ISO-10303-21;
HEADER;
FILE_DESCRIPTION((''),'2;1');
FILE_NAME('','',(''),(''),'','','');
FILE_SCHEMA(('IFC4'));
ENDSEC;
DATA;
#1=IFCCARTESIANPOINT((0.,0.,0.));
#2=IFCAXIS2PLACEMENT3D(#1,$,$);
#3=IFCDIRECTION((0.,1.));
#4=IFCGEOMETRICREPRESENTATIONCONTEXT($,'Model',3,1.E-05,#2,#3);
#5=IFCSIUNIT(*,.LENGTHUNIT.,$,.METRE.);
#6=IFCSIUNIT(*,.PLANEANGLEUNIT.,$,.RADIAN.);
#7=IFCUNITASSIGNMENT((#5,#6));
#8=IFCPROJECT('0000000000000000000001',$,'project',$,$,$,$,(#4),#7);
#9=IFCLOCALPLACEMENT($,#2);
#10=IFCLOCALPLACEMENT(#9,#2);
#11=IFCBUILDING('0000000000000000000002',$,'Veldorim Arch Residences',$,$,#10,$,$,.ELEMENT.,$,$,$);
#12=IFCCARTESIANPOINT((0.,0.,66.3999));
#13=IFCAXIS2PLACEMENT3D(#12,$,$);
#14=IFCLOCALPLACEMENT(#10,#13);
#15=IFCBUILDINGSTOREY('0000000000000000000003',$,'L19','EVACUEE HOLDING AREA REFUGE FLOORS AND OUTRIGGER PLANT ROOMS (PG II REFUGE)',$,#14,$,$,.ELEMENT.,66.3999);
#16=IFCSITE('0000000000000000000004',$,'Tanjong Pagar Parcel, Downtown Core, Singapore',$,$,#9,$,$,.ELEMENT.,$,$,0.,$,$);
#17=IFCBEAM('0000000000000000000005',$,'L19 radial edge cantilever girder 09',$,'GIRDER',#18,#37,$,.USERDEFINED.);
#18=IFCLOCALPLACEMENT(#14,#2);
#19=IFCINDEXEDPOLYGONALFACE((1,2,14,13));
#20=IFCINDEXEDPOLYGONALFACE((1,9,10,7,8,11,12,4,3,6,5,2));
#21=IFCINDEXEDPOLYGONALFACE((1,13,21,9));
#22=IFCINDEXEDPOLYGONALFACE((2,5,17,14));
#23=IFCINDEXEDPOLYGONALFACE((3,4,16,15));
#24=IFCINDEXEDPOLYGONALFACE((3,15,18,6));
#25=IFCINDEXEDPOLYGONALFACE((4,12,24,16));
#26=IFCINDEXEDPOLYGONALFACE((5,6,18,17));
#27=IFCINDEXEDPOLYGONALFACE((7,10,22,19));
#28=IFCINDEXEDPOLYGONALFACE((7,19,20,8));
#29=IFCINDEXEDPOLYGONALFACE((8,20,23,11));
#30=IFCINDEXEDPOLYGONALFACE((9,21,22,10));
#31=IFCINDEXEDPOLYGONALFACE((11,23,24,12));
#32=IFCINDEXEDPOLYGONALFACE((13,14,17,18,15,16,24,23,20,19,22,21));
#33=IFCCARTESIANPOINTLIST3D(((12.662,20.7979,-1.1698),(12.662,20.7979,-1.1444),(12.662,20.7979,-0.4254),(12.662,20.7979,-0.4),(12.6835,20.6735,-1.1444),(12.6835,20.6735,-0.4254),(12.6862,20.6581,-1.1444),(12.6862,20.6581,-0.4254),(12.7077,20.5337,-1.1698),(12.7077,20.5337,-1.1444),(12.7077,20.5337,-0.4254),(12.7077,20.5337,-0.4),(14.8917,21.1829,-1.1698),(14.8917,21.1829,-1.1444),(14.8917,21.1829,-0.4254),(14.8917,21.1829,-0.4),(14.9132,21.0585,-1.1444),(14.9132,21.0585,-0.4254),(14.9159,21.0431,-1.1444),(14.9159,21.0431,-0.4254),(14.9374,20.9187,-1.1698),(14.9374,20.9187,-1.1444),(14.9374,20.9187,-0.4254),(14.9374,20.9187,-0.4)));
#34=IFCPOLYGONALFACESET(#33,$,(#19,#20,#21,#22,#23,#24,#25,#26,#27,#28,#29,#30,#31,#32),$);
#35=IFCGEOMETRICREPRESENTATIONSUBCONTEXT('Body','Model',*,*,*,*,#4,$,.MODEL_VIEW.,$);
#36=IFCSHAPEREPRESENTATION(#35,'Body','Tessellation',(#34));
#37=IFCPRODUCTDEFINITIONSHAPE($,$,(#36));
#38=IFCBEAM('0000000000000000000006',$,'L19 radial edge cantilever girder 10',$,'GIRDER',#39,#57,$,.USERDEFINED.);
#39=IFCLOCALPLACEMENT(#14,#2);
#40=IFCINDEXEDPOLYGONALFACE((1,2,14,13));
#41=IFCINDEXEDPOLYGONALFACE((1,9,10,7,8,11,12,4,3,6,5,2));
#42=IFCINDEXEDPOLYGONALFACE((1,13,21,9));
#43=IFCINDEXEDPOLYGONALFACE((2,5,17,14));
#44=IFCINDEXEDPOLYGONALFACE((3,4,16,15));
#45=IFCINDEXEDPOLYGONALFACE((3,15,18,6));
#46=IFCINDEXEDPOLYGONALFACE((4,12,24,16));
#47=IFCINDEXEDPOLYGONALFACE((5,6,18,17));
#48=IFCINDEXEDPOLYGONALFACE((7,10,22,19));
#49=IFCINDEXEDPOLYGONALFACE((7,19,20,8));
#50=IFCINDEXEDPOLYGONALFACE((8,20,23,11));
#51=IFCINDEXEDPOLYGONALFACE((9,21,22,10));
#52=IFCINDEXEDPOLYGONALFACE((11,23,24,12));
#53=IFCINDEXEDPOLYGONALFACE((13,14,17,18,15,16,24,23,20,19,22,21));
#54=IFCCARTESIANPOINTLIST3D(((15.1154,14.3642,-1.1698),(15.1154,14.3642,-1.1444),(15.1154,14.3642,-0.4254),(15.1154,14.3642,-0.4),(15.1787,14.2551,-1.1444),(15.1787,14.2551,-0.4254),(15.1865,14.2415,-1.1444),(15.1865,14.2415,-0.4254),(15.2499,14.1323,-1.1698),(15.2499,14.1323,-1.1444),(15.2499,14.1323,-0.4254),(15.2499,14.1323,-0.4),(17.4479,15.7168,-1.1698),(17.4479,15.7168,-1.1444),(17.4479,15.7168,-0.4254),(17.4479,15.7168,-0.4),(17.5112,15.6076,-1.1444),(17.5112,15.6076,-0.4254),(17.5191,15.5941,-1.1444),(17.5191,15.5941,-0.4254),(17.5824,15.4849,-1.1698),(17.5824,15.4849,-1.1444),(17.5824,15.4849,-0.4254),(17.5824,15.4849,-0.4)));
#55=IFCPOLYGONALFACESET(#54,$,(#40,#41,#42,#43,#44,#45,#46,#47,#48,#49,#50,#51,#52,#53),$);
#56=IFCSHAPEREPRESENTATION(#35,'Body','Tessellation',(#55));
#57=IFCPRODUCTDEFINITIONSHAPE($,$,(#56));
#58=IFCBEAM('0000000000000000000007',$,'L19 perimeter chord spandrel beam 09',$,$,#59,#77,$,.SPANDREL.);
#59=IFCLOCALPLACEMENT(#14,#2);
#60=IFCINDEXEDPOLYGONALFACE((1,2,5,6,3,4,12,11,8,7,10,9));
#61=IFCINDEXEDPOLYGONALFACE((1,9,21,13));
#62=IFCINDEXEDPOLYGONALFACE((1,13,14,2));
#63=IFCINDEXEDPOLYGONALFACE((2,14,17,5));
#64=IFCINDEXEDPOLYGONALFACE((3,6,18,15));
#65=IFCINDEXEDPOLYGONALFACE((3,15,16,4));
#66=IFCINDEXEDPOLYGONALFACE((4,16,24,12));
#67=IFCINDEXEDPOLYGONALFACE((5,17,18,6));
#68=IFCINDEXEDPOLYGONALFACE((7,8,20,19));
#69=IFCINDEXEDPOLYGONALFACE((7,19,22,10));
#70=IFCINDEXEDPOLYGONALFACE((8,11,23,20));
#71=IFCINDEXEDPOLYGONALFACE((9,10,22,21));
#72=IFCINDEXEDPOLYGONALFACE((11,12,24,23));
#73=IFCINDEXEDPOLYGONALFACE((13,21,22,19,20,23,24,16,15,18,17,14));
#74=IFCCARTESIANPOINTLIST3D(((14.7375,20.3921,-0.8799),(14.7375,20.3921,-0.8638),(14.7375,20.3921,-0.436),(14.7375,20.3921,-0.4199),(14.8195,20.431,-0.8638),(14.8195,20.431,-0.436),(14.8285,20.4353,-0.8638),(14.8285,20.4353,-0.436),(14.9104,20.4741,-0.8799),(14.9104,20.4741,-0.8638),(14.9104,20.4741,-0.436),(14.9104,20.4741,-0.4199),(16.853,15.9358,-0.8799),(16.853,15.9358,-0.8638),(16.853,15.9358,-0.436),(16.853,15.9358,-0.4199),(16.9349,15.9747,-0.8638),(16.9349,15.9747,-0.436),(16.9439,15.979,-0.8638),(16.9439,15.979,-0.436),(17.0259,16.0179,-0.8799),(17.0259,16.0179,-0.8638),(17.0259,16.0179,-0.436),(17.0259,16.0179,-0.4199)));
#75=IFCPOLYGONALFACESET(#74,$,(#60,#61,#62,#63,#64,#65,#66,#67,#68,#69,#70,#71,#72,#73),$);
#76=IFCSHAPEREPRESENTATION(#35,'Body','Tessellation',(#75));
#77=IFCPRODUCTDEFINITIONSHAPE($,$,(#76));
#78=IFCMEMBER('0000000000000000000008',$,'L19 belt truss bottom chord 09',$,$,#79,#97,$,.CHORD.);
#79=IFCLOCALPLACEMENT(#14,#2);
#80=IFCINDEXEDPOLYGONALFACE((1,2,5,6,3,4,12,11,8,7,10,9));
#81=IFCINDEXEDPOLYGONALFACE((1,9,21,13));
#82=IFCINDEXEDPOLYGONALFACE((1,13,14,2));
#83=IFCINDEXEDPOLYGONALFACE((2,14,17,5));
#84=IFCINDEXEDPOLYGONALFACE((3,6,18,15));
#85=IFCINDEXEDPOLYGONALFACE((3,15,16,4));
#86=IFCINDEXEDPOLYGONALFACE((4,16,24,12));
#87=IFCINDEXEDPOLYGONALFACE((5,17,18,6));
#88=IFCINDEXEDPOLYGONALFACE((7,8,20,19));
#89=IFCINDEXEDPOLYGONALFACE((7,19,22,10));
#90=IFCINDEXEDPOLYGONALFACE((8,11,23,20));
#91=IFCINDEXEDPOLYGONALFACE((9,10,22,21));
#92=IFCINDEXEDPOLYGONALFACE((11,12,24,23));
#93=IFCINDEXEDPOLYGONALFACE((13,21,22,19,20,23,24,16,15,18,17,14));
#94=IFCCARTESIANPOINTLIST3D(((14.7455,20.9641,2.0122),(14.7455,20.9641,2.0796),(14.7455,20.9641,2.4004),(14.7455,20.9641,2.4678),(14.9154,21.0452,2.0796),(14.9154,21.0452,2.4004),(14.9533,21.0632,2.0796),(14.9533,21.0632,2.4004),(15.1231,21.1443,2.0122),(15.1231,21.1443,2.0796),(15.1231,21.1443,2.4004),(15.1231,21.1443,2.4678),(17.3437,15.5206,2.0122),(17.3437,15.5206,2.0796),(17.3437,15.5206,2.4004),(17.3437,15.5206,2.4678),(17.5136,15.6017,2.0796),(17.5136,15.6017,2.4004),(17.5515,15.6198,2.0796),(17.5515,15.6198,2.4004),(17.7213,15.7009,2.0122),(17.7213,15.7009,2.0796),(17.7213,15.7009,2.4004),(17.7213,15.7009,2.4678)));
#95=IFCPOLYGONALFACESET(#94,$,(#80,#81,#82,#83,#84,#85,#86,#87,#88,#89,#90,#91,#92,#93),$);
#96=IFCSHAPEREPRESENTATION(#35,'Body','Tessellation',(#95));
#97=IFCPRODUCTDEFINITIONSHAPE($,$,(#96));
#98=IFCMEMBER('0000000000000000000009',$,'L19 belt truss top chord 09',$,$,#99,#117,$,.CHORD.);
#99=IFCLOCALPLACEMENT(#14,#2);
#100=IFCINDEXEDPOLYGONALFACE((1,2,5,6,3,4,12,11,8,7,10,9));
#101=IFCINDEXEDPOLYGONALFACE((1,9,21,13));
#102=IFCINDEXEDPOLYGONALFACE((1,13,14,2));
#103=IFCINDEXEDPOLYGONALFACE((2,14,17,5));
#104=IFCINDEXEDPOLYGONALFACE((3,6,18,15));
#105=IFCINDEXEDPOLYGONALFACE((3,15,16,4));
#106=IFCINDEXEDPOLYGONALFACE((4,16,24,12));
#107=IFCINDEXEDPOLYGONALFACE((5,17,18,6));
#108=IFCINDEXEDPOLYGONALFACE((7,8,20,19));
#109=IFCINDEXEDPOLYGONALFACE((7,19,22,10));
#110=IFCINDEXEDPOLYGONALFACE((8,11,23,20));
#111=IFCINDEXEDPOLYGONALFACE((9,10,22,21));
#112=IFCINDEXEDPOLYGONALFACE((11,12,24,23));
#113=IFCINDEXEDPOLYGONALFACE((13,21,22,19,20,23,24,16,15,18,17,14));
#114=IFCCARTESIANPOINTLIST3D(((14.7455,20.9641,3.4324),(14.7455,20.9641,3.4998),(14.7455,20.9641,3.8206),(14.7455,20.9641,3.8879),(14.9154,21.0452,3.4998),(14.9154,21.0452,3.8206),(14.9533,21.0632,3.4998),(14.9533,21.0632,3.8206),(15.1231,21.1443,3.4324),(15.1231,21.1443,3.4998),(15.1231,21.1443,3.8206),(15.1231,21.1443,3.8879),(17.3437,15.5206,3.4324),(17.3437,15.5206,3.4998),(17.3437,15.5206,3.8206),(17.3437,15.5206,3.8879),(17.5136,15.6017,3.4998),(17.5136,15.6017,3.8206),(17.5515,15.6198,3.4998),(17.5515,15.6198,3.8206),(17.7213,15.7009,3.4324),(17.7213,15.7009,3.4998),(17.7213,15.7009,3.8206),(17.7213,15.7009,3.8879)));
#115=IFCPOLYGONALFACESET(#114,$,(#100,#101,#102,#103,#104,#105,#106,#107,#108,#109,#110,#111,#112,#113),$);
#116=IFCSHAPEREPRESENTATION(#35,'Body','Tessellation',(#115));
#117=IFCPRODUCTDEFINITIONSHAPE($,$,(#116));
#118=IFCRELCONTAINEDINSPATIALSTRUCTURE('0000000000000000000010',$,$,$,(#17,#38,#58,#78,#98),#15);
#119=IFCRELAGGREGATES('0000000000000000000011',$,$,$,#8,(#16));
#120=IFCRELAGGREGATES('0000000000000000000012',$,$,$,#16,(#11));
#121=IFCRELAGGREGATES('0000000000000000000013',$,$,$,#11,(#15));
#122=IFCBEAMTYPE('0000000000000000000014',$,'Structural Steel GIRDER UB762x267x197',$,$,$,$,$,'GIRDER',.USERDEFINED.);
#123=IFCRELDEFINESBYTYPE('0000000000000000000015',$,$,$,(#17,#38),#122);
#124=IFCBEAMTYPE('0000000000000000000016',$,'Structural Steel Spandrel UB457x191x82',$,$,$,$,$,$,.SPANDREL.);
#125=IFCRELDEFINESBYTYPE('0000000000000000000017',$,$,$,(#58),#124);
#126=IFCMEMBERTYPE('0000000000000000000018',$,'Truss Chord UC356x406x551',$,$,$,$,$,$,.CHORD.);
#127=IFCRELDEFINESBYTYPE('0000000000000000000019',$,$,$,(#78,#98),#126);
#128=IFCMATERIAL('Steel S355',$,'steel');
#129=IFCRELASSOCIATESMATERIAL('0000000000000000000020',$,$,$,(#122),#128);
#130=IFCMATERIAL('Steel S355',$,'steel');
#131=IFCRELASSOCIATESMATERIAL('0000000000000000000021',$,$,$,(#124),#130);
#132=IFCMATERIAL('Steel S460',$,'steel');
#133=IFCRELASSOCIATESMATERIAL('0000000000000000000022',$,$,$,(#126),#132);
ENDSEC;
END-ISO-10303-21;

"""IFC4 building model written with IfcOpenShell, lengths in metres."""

from ifc_helpers import new_model, si_unit, direction, frame, origin, origin_2d, place, context, subcontext, project, spatial, i_section, extrude, material, material_profile, profile_set, type_object, element, save


model = new_model("IFC4")

# Units and contexts
model_context = context("Model", 3, precision=1e-05, world=origin(), true_north=direction((0.0, 1.0)))
body_context = subcontext(model_context, "Body", "Model", "MODEL_VIEW")
ifc_project = project(units=[si_unit("LENGTHUNIT", "METRE"), si_unit("PLANEANGLEUNIT", "RADIAN")], contexts=[model_context])

# Site, building, storey
site_placement = place(None, origin())
site = spatial("IfcSite", under=ifc_project, at=site_placement, Name="Tanjong Pagar Parcel, Downtown Core, Singapore", CompositionType="ELEMENT", RefElevation=0.0)
building_placement = place(site_placement, origin())
building = spatial("IfcBuilding", under=site, at=building_placement, Name="Veldorim Arch Residences", CompositionType="ELEMENT")
storey_placement = place(building_placement, frame((0.0, 0.0, 66.3999)))
storey = spatial("IfcBuildingStorey", under=building, at=storey_placement, Name="L19", Description="EVACUEE HOLDING AREA REFUGE FLOORS AND OUTRIGGER PLANT ROOMS (PG II REFUGE)", CompositionType="ELEMENT", Elevation=66.3999)

# Beams
ifc_material_1 = material(Name="Steel S355", Category="steel")
ifc_material_profile_1 = material_profile(ifc_material_1, i_section(OverallWidth=0.2681, OverallDepth=0.7698, WebThickness=0.0156, FlangeThickness=0.0254, at=origin_2d()), Name="UB762x267x197")
ifc_profile_set_1 = profile_set([ifc_material_profile_1], Name="Steel S355")
beam_type_1 = type_object("IfcBeamType", Name="Structural Steel GIRDER UB762x267x197", ElementType="GIRDER", PredefinedType="USERDEFINED", material=ifc_profile_set_1)
beam_1_placement = place(storey_placement, frame((14.9146, 21.0508, -0.7849), z_axis=(-0.985418, -0.170153, 0.0), x_axis=(0.170153, -0.985418, 0.0)))
element("IfcBeam", 1, at=beam_1_placement, inside=storey, type_object=beam_type_1, Name="L19 radial edge cantilever girder 09", ObjectType="GIRDER", PredefinedType="USERDEFINED", context=body_context, shape_type="SweptSolid", body=[
    extrude(i_section(OverallWidth=0.2681, OverallDepth=0.7698, WebThickness=0.0156, FlangeThickness=0.0254, at=origin_2d()), origin(), (0.0, 0.0, 1.0), 2.2627),
])
beam_2_placement = place(storey_placement, frame((17.5151, 15.6008, -0.7849), z_axis=(-0.865083, -0.501629, 0.0), x_axis=(0.501629, -0.865083, 0.0)))
element("IfcBeam", 2, at=beam_2_placement, inside=storey, type_object=beam_type_1, Name="L19 radial edge cantilever girder 10", ObjectType="GIRDER", PredefinedType="USERDEFINED", context=body_context, shape_type="SweptSolid", body=[
    extrude(i_section(OverallWidth=0.2681, OverallDepth=0.7698, WebThickness=0.0156, FlangeThickness=0.0254, at=origin_2d()), origin(), (0.0, 0.0, 1.0), 2.6963),
])
ifc_material_2 = material(Name="Steel S355", Category="steel")
ifc_material_profile_2 = material_profile(ifc_material_2, i_section(OverallWidth=0.1914, OverallDepth=0.46, WebThickness=0.01, FlangeThickness=0.0161, at=origin_2d()), Name="UB457x191x82")
ifc_profile_set_2 = profile_set([ifc_material_profile_2], Name="Steel S355")
beam_type_2 = type_object("IfcBeamType", Name="Structural Steel Spandrel UB457x191x82", PredefinedType="SPANDREL", material=ifc_profile_set_2)
beam_3_placement = place(storey_placement, frame((14.824, 20.4331, -0.6499), z_axis=(0.428848, -0.903377, 0.0), x_axis=(0.903377, 0.428848, 0.0)))
element("IfcBeam", 3, at=beam_3_placement, inside=storey, type_object=beam_type_2, Name="L19 perimeter chord spandrel beam 09", PredefinedType="SPANDREL", context=body_context, shape_type="SweptSolid", body=[
    extrude(i_section(OverallWidth=0.1914, OverallDepth=0.46, WebThickness=0.01, FlangeThickness=0.0161, at=origin_2d()), origin(), (0.0, 0.0, 1.0), 4.9329),
])

# Members
ifc_material_3 = material(Name="Steel S460", Category="steel")
ifc_material_profile_3 = material_profile(ifc_material_3, i_section(OverallWidth=0.4185, OverallDepth=0.4556, WebThickness=0.042, FlangeThickness=0.0674, at=origin_2d()), Name="UC356x406x551")
ifc_profile_set_3 = profile_set([ifc_material_profile_3], Name="Steel S460")
member_type_1 = type_object("IfcMemberType", Name="Truss Chord UC356x406x551", PredefinedType="CHORD", material=ifc_profile_set_3)
for number, where, z_axis, x_axis, name in (
    (4, (14.9343, 21.0542, 2.24), (0.430754, -0.90247, 0.0), (0.90247, 0.430754, 0.0), "L19 belt truss bottom chord 09"),
    (5, (14.9343, 21.0542, 3.6602), (0.430754, -0.90247, 0.0), (0.90247, 0.430754, 0.0), "L19 belt truss top chord 09"),
):
    element("IfcMember", number, at=place(storey_placement, frame(where, z_axis=z_axis, x_axis=x_axis)), inside=storey, type_object=member_type_1, Name=name, PredefinedType="CHORD", context=body_context, shape_type="SweptSolid", body=[
        extrude(i_section(OverallWidth=0.4185, OverallDepth=0.4556, WebThickness=0.042, FlangeThickness=0.0674, at=origin_2d()), origin(), (0.0, 0.0, 1.0), 6.0317),
    ])

save(model, "model.ifc")
